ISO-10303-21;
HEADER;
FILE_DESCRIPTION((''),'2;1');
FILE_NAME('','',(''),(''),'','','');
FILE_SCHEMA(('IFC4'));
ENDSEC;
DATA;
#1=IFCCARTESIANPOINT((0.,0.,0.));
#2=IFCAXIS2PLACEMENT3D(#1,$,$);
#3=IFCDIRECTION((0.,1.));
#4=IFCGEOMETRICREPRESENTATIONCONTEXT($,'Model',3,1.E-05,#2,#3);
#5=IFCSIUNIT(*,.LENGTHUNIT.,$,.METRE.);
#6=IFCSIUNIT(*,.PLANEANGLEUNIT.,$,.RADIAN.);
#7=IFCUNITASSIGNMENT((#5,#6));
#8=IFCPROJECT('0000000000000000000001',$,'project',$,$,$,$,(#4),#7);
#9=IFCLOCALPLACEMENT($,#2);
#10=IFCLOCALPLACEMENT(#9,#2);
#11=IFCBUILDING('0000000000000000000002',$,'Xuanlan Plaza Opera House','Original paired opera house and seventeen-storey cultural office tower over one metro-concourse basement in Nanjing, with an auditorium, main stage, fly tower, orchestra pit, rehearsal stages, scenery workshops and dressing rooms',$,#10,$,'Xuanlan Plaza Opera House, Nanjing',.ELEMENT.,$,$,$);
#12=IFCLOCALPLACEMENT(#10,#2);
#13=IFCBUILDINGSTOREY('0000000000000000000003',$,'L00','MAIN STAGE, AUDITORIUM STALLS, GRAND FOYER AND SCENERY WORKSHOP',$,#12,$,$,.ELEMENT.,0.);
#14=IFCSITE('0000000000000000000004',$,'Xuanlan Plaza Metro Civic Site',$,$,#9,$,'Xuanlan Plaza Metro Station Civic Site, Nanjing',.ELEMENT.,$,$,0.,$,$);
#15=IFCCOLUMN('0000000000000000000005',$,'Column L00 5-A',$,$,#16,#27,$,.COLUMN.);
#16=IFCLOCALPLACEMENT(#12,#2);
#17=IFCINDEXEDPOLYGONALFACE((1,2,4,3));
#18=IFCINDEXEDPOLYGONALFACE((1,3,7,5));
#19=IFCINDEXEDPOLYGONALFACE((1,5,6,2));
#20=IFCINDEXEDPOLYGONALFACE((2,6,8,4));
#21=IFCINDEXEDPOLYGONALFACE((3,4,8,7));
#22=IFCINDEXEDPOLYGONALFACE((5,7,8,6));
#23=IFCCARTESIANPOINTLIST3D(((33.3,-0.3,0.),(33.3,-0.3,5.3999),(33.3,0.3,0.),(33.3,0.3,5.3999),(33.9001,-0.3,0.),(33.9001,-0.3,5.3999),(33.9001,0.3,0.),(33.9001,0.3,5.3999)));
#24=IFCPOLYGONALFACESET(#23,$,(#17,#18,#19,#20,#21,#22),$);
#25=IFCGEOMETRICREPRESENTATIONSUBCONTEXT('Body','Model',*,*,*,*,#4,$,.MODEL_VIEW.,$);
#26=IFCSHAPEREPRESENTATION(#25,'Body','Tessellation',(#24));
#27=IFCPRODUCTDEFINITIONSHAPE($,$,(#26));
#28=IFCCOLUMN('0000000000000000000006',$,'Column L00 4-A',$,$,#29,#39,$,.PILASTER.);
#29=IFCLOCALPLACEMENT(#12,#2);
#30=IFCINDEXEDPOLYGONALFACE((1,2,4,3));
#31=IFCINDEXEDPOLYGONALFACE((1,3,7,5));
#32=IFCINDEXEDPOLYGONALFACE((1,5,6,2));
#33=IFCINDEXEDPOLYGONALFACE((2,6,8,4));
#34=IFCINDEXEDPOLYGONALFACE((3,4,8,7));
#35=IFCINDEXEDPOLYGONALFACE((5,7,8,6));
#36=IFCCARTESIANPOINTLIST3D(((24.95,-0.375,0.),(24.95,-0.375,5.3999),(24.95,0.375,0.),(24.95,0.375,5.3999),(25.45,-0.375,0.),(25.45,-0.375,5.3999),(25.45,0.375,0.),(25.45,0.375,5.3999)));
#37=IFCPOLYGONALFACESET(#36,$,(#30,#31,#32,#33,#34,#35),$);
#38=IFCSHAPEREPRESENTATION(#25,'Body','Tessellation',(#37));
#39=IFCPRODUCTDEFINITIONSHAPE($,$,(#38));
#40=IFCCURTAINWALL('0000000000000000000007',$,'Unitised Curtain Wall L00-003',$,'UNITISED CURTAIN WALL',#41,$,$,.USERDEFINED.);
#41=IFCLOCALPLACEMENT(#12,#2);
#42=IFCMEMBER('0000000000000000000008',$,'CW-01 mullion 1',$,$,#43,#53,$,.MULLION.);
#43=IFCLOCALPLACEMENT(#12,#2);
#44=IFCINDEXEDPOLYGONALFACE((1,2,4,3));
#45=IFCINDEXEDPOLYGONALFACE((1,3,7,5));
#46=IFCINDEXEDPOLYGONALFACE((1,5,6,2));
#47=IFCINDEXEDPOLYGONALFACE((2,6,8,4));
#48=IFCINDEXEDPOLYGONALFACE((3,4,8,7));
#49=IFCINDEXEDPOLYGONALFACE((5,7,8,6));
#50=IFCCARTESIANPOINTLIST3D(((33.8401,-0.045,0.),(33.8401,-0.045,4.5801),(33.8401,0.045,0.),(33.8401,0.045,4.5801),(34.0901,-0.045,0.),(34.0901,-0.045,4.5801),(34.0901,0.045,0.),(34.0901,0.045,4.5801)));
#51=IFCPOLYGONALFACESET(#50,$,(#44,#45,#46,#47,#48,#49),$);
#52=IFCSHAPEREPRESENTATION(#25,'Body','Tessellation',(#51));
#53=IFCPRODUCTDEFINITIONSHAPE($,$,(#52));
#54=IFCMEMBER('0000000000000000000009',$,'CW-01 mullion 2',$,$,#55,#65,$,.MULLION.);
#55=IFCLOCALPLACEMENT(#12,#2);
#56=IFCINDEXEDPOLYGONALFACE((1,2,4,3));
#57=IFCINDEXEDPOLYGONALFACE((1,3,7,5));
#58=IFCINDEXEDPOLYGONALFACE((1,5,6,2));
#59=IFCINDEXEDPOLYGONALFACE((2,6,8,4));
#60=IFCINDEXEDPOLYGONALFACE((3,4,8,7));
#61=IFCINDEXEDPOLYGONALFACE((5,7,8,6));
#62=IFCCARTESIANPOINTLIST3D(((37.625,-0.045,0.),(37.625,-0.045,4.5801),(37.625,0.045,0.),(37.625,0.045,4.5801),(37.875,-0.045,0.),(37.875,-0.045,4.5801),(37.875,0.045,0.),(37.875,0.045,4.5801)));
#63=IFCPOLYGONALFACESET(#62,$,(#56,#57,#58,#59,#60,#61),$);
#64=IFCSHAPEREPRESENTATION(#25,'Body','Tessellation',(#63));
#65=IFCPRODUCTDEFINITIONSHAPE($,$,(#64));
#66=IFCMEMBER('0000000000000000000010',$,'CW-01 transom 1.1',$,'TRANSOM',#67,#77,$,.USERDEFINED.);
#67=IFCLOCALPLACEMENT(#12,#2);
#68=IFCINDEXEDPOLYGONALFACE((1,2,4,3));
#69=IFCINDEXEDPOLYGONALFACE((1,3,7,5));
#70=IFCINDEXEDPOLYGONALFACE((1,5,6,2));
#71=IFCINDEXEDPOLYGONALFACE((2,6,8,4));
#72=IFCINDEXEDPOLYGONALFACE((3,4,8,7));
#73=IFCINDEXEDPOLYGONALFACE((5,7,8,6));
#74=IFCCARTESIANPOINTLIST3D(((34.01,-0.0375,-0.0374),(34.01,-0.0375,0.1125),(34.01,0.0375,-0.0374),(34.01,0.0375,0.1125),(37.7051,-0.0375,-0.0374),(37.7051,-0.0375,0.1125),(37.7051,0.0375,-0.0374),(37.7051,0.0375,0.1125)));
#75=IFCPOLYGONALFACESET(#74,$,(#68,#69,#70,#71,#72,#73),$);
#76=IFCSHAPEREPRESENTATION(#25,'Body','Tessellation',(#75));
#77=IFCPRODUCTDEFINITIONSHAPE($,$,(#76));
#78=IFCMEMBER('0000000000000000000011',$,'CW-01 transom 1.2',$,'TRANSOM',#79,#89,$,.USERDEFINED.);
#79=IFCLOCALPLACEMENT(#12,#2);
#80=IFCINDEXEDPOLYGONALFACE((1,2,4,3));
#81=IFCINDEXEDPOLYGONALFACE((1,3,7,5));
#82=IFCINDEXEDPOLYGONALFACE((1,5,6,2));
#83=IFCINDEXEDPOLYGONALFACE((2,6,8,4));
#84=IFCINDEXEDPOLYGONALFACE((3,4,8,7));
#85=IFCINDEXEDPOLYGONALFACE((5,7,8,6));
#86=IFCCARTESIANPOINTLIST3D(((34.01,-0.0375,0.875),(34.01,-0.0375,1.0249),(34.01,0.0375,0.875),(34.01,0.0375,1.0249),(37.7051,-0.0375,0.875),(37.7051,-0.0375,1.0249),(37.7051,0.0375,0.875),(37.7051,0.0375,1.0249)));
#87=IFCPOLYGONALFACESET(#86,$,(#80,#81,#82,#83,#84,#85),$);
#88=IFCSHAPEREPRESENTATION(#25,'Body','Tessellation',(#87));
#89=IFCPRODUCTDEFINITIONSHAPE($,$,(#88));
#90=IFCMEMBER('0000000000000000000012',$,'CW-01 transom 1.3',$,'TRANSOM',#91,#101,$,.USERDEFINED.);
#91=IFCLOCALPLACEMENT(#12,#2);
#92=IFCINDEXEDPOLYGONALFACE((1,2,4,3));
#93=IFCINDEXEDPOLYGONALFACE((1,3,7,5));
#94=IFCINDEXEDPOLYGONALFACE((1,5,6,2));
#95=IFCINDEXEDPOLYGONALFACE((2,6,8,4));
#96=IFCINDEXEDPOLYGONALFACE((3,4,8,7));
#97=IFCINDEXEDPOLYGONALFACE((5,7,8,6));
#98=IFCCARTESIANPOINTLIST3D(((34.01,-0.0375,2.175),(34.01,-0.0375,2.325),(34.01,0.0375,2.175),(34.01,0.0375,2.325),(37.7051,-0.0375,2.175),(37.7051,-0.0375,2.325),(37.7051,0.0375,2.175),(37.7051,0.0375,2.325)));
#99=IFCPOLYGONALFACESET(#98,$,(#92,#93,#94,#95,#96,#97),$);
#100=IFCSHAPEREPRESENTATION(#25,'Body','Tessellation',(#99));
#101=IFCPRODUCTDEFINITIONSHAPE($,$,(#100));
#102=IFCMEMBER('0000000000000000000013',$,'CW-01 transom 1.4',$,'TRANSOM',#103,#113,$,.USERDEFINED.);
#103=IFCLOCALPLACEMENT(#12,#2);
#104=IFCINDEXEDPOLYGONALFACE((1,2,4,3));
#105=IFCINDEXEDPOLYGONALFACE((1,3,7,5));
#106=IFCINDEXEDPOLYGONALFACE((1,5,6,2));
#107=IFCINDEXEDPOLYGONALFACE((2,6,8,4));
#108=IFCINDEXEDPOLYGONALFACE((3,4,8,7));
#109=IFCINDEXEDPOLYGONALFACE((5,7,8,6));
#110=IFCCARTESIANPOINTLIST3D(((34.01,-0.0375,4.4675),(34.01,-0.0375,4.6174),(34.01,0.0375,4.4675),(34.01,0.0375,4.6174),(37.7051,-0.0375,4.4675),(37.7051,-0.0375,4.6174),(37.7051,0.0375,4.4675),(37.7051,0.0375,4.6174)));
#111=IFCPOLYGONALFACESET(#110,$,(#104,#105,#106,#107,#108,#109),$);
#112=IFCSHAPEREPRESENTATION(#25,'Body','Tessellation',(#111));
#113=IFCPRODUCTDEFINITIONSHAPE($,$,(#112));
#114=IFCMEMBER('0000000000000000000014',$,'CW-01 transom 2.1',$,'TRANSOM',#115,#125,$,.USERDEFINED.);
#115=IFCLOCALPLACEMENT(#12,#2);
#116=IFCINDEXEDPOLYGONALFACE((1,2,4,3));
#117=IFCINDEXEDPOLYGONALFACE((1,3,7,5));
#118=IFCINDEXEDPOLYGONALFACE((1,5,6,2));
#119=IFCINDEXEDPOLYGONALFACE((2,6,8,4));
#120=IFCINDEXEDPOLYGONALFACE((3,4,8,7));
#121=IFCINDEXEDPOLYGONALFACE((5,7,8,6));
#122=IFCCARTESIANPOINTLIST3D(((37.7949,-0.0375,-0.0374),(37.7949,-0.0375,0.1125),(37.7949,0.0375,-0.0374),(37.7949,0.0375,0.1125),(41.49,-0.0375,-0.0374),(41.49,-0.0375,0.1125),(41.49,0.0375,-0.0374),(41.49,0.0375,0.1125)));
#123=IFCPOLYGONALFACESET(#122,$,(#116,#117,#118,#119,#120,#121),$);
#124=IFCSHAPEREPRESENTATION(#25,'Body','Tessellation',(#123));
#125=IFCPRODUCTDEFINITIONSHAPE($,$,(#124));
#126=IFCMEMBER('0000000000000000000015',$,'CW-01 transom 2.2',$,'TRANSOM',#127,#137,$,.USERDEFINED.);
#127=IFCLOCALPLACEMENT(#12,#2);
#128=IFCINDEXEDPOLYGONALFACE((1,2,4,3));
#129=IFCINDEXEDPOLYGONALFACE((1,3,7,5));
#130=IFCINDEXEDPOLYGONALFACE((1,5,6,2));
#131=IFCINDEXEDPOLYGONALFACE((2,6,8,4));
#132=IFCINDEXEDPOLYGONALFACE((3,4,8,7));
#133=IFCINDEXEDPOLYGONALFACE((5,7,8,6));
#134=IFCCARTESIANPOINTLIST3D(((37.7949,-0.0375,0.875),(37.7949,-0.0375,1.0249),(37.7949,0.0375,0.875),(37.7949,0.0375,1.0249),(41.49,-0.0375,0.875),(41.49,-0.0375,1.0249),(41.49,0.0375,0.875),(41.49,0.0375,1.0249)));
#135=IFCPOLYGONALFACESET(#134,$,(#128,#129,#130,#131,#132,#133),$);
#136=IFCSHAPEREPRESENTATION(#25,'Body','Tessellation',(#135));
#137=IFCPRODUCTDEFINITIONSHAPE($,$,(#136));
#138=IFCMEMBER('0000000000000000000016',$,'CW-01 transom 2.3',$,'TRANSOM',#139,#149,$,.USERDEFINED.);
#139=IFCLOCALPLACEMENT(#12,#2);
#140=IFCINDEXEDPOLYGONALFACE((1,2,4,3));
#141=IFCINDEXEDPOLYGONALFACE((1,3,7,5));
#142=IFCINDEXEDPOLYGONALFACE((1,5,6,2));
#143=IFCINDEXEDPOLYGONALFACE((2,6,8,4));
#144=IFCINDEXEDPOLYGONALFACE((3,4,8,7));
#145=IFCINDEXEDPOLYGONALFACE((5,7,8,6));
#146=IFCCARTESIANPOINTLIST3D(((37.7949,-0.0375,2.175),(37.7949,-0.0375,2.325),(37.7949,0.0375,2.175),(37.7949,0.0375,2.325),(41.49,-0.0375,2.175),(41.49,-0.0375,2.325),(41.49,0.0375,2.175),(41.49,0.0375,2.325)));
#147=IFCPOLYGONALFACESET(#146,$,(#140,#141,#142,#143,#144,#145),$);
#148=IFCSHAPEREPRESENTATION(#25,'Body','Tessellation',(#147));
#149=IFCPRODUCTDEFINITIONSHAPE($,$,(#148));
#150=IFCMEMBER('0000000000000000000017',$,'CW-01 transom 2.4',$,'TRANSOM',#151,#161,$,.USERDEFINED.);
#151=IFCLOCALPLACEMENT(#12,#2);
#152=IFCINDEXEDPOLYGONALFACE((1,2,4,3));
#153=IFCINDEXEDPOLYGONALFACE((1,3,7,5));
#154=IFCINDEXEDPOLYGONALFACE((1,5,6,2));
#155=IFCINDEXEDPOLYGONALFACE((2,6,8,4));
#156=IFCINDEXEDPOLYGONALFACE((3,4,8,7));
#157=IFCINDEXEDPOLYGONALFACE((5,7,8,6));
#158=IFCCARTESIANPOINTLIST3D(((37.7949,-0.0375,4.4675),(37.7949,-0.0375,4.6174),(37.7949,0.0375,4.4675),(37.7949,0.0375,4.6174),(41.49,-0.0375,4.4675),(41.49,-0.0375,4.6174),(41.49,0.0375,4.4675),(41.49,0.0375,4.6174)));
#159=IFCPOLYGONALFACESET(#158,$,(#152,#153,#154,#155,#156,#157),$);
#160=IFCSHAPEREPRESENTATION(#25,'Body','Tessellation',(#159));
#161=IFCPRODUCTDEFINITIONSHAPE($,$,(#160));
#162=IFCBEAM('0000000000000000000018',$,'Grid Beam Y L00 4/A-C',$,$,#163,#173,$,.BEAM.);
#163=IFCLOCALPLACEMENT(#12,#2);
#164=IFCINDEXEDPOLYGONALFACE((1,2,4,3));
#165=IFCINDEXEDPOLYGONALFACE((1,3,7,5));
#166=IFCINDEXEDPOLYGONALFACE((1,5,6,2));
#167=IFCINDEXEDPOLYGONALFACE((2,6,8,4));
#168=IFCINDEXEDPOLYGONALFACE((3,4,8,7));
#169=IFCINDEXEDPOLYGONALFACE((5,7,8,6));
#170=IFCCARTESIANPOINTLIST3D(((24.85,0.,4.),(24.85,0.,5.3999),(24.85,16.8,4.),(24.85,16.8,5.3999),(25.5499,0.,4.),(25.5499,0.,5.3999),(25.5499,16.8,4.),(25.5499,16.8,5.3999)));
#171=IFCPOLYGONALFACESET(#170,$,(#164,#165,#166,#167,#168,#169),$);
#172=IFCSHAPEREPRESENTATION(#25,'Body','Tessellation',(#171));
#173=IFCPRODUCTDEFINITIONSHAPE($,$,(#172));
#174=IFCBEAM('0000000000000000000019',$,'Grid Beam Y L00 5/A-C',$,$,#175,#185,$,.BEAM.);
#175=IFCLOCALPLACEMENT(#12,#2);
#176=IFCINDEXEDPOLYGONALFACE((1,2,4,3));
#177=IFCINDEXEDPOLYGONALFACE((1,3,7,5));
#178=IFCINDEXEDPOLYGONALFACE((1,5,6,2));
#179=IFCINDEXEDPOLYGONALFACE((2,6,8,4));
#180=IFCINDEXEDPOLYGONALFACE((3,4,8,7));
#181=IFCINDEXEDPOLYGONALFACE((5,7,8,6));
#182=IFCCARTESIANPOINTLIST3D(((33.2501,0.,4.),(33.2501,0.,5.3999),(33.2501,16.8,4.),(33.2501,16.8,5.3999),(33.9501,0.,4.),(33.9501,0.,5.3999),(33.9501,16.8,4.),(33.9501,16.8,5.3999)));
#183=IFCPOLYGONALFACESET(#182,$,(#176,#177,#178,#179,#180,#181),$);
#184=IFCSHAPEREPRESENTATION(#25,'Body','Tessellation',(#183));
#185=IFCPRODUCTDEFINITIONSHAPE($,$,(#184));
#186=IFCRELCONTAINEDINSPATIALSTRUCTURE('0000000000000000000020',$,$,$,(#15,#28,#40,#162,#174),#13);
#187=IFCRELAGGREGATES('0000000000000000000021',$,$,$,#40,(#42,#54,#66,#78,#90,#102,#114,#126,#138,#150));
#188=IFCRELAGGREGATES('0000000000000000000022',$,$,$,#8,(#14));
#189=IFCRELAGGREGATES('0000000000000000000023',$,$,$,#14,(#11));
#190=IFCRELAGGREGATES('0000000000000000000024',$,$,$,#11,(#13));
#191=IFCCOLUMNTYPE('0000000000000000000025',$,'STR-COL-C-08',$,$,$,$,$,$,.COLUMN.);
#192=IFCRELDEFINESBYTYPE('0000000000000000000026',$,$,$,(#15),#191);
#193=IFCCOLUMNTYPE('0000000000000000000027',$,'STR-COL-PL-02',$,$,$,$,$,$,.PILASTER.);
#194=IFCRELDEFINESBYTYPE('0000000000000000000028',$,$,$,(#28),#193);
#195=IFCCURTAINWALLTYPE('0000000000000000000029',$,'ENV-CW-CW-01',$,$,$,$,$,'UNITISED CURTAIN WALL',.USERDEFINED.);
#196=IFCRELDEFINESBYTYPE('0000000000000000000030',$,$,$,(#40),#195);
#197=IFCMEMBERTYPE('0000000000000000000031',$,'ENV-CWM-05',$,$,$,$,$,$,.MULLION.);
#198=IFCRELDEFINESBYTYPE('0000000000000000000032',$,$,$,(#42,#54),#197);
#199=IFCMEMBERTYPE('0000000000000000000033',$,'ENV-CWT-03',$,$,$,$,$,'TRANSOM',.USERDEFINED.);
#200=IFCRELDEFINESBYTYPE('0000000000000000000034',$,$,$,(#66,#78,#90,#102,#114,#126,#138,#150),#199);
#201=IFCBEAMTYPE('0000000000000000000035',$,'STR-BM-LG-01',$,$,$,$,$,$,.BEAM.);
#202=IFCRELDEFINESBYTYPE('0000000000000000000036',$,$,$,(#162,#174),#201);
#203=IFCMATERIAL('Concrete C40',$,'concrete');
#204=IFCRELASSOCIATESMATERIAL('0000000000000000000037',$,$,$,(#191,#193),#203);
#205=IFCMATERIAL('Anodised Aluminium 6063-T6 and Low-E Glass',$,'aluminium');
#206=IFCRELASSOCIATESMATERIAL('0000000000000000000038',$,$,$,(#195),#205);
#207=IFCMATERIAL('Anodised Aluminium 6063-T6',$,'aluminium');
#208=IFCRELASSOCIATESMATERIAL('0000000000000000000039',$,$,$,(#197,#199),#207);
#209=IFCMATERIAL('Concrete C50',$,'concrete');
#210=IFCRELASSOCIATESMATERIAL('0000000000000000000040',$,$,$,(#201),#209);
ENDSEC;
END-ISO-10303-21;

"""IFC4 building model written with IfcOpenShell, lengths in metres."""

from ifc_helpers import new_model, si_unit, direction, frame, origin, origin_2d, place, context, subcontext, project, spatial, rectangle, extrude, material, material_profile, profile_set, type_object, element, aggregate, save


model = new_model("IFC4")

# Units and contexts
model_context = context("Model", 3, precision=1e-05, world=origin(), true_north=direction((0.0, 1.0)))
body_context = subcontext(model_context, "Body", "Model", "MODEL_VIEW")
ifc_project = project(units=[si_unit("LENGTHUNIT", "METRE"), si_unit("PLANEANGLEUNIT", "RADIAN")], contexts=[model_context])

# Site, building, storey
site_placement = place(None, origin())
site = spatial("IfcSite", under=ifc_project, at=site_placement, Name="Xuanlan Plaza Metro Civic Site", LongName="Xuanlan Plaza Metro Station Civic Site, Nanjing", CompositionType="ELEMENT", RefElevation=0.0)
building_placement = place(site_placement, origin())
building = spatial("IfcBuilding", under=site, at=building_placement, Name="Xuanlan Plaza Opera House", Description="Original paired opera house and seventeen-storey cultural office tower over one metro-concourse basement in Nanjing, with an auditorium, main stage, fly tower, orchestra pit, rehearsal stages, scenery workshops and dressing rooms", LongName="Xuanlan Plaza Opera House, Nanjing", CompositionType="ELEMENT")
storey_placement = place(building_placement, origin())
storey = spatial("IfcBuildingStorey", under=building, at=storey_placement, Name="L00", Description="MAIN STAGE, AUDITORIUM STALLS, GRAND FOYER AND SCENERY WORKSHOP", CompositionType="ELEMENT", Elevation=0.0)

# Columns
ifc_material_1 = material(Name="Concrete C40", Category="concrete")
ifc_material_profile_1 = material_profile(ifc_material_1, rectangle(XDim=0.6001, YDim=0.6001, at=origin_2d()), Name="RC-COL 600x600")
ifc_profile_set_1 = profile_set([ifc_material_profile_1], Name="Concrete C40")
column_type_1 = type_object("IfcColumnType", Name="STR-COL-C-08", PredefinedType="COLUMN", material=ifc_profile_set_1)
column_1_placement = place(storey_placement, frame((33.6001, 0.0, 0.0), z_axis=(0.0, 0.0, 1.0), x_axis=(1.0, 0.0, 0.0)))
element("IfcColumn", 1, at=column_1_placement, inside=storey, type_object=column_type_1, Name="Column L00 5-A", PredefinedType="COLUMN", context=body_context, shape_type="SweptSolid", body=[
    extrude(rectangle(XDim=0.6001, YDim=0.6001, at=origin_2d()), origin(), (0.0, 0.0, 1.0), 5.3999),
])
ifc_material_profile_2 = material_profile(ifc_material_1, rectangle(XDim=0.5, YDim=0.75, at=origin_2d()), Name="RC-PIL 500x750")
ifc_profile_set_2 = profile_set([ifc_material_profile_2], Name="Concrete C40")
column_type_2 = type_object("IfcColumnType", Name="STR-COL-PL-02", PredefinedType="PILASTER", material=ifc_profile_set_2)
column_2_placement = place(storey_placement, frame((25.2, 0.0, 0.0), z_axis=(0.0, 0.0, 1.0), x_axis=(1.0, 0.0, 0.0)))
element("IfcColumn", 2, at=column_2_placement, inside=storey, type_object=column_type_2, Name="Column L00 4-A", PredefinedType="PILASTER", context=body_context, shape_type="SweptSolid", body=[
    extrude(rectangle(XDim=0.5, YDim=0.75, at=origin_2d()), origin(), (0.0, 0.0, 1.0), 5.3999),
])

# Curtain wall, members
ifc_material_2 = material(Name="Anodised Aluminium 6063-T6 and Low-E Glass", Category="aluminium")
curtain_wall_type = type_object("IfcCurtainWallType", Name="ENV-CW-CW-01", ElementType="UNITISED CURTAIN WALL", PredefinedType="USERDEFINED", material=ifc_material_2)
curtain_wall_placement = place(storey_placement, origin())
curtain_wall = element("IfcCurtainWall", 3, at=curtain_wall_placement, inside=storey, type_object=curtain_wall_type, Name="Unitised Curtain Wall L00-003", ObjectType="UNITISED CURTAIN WALL", PredefinedType="USERDEFINED")
ifc_material_3 = material(Name="Anodised Aluminium 6063-T6", Category="aluminium")
ifc_material_profile_3 = material_profile(ifc_material_3, rectangle(XDim=0.0901, YDim=0.25, at=origin_2d()), Name="ALU-M 90x250")
ifc_profile_set_3 = profile_set([ifc_material_profile_3], Name="Anodised Aluminium 6063-T6")
member_type_1 = type_object("IfcMemberType", Name="ENV-CWM-05", PredefinedType="MULLION", material=ifc_profile_set_3)
member_1_placement = place(storey_placement, frame((33.9651, 0.0, 0.0), z_axis=(0.0, 0.0, 1.0), x_axis=(0.0, 1.0, 0.0)))
member_1 = element("IfcMember", 4, at=member_1_placement, type_object=member_type_1, Name="CW-01 mullion 1", PredefinedType="MULLION", context=body_context, shape_type="SweptSolid", body=[
    extrude(rectangle(XDim=0.0901, YDim=0.25, at=origin_2d()), origin(), (0.0, 0.0, 1.0), 4.5801),
])
member_2_placement = place(storey_placement, frame((37.75, 0.0, 0.0), z_axis=(0.0, 0.0, 1.0), x_axis=(0.0, 1.0, 0.0)))
member_2 = element("IfcMember", 5, at=member_2_placement, type_object=member_type_1, Name="CW-01 mullion 2", PredefinedType="MULLION", context=body_context, shape_type="SweptSolid", body=[
    extrude(rectangle(XDim=0.0901, YDim=0.25, at=origin_2d()), origin(), (0.0, 0.0, 1.0), 4.5801),
])
ifc_material_profile_4 = material_profile(ifc_material_3, rectangle(XDim=0.075, YDim=0.1499, at=origin_2d()), Name="ALU-T 75x150")
ifc_profile_set_4 = profile_set([ifc_material_profile_4], Name="Anodised Aluminium 6063-T6")
member_type_2 = type_object("IfcMemberType", Name="ENV-CWT-03", ElementType="TRANSOM", PredefinedType="USERDEFINED", material=ifc_profile_set_4)
member_3_placement = place(storey_placement, frame((34.01, 0.0, 0.0376), z_axis=(1.0, 0.0, 0.0), x_axis=(0.0, 1.0, 0.0)))
member_3 = element("IfcMember", 6, at=member_3_placement, type_object=member_type_2, Name="CW-01 transom 1.1", ObjectType="TRANSOM", PredefinedType="USERDEFINED", context=body_context, shape_type="SweptSolid", body=[
    extrude(rectangle(XDim=0.075, YDim=0.1499, at=origin_2d()), origin(), (0.0, 0.0, 1.0), 3.6951),
])
member_4_placement = place(storey_placement, frame((34.01, 0.0, 0.95), z_axis=(1.0, 0.0, 0.0), x_axis=(0.0, 1.0, 0.0)))
member_4 = element("IfcMember", 7, at=member_4_placement, type_object=member_type_2, Name="CW-01 transom 1.2", ObjectType="TRANSOM", PredefinedType="USERDEFINED", context=body_context, shape_type="SweptSolid", body=[
    extrude(rectangle(XDim=0.075, YDim=0.1499, at=origin_2d()), origin(), (0.0, 0.0, 1.0), 3.6951),
])
member_5_placement = place(storey_placement, frame((34.01, 0.0, 2.25), z_axis=(1.0, 0.0, 0.0), x_axis=(0.0, 1.0, 0.0)))
member_5 = element("IfcMember", 8, at=member_5_placement, type_object=member_type_2, Name="CW-01 transom 1.3", ObjectType="TRANSOM", PredefinedType="USERDEFINED", context=body_context, shape_type="SweptSolid", body=[
    extrude(rectangle(XDim=0.075, YDim=0.1499, at=origin_2d()), origin(), (0.0, 0.0, 1.0), 3.6951),
])
member_6_placement = place(storey_placement, frame((34.01, 0.0, 4.5425), z_axis=(1.0, 0.0, 0.0), x_axis=(0.0, 1.0, 0.0)))
member_6 = element("IfcMember", 9, at=member_6_placement, type_object=member_type_2, Name="CW-01 transom 1.4", ObjectType="TRANSOM", PredefinedType="USERDEFINED", context=body_context, shape_type="SweptSolid", body=[
    extrude(rectangle(XDim=0.075, YDim=0.1499, at=origin_2d()), origin(), (0.0, 0.0, 1.0), 3.6951),
])
member_7_placement = place(storey_placement, frame((37.7949, 0.0, 0.0376), z_axis=(1.0, 0.0, 0.0), x_axis=(0.0, 1.0, 0.0)))
member_7 = element("IfcMember", 10, at=member_7_placement, type_object=member_type_2, Name="CW-01 transom 2.1", ObjectType="TRANSOM", PredefinedType="USERDEFINED", context=body_context, shape_type="SweptSolid", body=[
    extrude(rectangle(XDim=0.075, YDim=0.1499, at=origin_2d()), origin(), (0.0, 0.0, 1.0), 3.6951),
])
member_8_placement = place(storey_placement, frame((37.7949, 0.0, 0.95), z_axis=(1.0, 0.0, 0.0), x_axis=(0.0, 1.0, 0.0)))
member_8 = element("IfcMember", 11, at=member_8_placement, type_object=member_type_2, Name="CW-01 transom 2.2", ObjectType="TRANSOM", PredefinedType="USERDEFINED", context=body_context, shape_type="SweptSolid", body=[
    extrude(rectangle(XDim=0.075, YDim=0.1499, at=origin_2d()), origin(), (0.0, 0.0, 1.0), 3.6951),
])
member_9_placement = place(storey_placement, frame((37.7949, 0.0, 2.25), z_axis=(1.0, 0.0, 0.0), x_axis=(0.0, 1.0, 0.0)))
member_9 = element("IfcMember", 12, at=member_9_placement, type_object=member_type_2, Name="CW-01 transom 2.3", ObjectType="TRANSOM", PredefinedType="USERDEFINED", context=body_context, shape_type="SweptSolid", body=[
    extrude(rectangle(XDim=0.075, YDim=0.1499, at=origin_2d()), origin(), (0.0, 0.0, 1.0), 3.6951),
])
member_10_placement = place(storey_placement, frame((37.7949, 0.0, 4.5425), z_axis=(1.0, 0.0, 0.0), x_axis=(0.0, 1.0, 0.0)))
member_10 = element("IfcMember", 13, at=member_10_placement, type_object=member_type_2, Name="CW-01 transom 2.4", ObjectType="TRANSOM", PredefinedType="USERDEFINED", context=body_context, shape_type="SweptSolid", body=[
    extrude(rectangle(XDim=0.075, YDim=0.1499, at=origin_2d()), origin(), (0.0, 0.0, 1.0), 3.6951),
])

# Beams
ifc_material_4 = material(Name="Concrete C50", Category="concrete")
ifc_material_profile_5 = material_profile(ifc_material_4, rectangle(XDim=0.7, YDim=1.3999, at=origin_2d()), Name="RC-LG 700x1400")
ifc_profile_set_5 = profile_set([ifc_material_profile_5], Name="Concrete C50")
beam_type_1 = type_object("IfcBeamType", Name="STR-BM-LG-01", PredefinedType="BEAM", material=ifc_profile_set_5)
for number, where, z_axis, x_axis, name in (
    (14, (25.2, 0.0, 4.7), (0.0, 1.0, 0.0), (-1.0, 0.0, 0.0), "Grid Beam Y L00 4/A-C"),
    (15, (33.6001, 0.0, 4.7), (0.0, 1.0, 0.0), (-1.0, 0.0, 0.0), "Grid Beam Y L00 5/A-C"),
):
    element("IfcBeam", number, at=place(storey_placement, frame(where, z_axis=z_axis, x_axis=x_axis)), inside=storey, type_object=beam_type_1, Name=name, PredefinedType="BEAM", context=body_context, shape_type="SweptSolid", body=[
        extrude(rectangle(XDim=0.7, YDim=1.3999, at=origin_2d()), origin(), (0.0, 0.0, 1.0), 16.8),
    ])

aggregate(curtain_wall, [member_1, member_2, member_3, member_4, member_5, member_6, member_7, member_8, member_9, member_10])

save(model, "model.ifc")
